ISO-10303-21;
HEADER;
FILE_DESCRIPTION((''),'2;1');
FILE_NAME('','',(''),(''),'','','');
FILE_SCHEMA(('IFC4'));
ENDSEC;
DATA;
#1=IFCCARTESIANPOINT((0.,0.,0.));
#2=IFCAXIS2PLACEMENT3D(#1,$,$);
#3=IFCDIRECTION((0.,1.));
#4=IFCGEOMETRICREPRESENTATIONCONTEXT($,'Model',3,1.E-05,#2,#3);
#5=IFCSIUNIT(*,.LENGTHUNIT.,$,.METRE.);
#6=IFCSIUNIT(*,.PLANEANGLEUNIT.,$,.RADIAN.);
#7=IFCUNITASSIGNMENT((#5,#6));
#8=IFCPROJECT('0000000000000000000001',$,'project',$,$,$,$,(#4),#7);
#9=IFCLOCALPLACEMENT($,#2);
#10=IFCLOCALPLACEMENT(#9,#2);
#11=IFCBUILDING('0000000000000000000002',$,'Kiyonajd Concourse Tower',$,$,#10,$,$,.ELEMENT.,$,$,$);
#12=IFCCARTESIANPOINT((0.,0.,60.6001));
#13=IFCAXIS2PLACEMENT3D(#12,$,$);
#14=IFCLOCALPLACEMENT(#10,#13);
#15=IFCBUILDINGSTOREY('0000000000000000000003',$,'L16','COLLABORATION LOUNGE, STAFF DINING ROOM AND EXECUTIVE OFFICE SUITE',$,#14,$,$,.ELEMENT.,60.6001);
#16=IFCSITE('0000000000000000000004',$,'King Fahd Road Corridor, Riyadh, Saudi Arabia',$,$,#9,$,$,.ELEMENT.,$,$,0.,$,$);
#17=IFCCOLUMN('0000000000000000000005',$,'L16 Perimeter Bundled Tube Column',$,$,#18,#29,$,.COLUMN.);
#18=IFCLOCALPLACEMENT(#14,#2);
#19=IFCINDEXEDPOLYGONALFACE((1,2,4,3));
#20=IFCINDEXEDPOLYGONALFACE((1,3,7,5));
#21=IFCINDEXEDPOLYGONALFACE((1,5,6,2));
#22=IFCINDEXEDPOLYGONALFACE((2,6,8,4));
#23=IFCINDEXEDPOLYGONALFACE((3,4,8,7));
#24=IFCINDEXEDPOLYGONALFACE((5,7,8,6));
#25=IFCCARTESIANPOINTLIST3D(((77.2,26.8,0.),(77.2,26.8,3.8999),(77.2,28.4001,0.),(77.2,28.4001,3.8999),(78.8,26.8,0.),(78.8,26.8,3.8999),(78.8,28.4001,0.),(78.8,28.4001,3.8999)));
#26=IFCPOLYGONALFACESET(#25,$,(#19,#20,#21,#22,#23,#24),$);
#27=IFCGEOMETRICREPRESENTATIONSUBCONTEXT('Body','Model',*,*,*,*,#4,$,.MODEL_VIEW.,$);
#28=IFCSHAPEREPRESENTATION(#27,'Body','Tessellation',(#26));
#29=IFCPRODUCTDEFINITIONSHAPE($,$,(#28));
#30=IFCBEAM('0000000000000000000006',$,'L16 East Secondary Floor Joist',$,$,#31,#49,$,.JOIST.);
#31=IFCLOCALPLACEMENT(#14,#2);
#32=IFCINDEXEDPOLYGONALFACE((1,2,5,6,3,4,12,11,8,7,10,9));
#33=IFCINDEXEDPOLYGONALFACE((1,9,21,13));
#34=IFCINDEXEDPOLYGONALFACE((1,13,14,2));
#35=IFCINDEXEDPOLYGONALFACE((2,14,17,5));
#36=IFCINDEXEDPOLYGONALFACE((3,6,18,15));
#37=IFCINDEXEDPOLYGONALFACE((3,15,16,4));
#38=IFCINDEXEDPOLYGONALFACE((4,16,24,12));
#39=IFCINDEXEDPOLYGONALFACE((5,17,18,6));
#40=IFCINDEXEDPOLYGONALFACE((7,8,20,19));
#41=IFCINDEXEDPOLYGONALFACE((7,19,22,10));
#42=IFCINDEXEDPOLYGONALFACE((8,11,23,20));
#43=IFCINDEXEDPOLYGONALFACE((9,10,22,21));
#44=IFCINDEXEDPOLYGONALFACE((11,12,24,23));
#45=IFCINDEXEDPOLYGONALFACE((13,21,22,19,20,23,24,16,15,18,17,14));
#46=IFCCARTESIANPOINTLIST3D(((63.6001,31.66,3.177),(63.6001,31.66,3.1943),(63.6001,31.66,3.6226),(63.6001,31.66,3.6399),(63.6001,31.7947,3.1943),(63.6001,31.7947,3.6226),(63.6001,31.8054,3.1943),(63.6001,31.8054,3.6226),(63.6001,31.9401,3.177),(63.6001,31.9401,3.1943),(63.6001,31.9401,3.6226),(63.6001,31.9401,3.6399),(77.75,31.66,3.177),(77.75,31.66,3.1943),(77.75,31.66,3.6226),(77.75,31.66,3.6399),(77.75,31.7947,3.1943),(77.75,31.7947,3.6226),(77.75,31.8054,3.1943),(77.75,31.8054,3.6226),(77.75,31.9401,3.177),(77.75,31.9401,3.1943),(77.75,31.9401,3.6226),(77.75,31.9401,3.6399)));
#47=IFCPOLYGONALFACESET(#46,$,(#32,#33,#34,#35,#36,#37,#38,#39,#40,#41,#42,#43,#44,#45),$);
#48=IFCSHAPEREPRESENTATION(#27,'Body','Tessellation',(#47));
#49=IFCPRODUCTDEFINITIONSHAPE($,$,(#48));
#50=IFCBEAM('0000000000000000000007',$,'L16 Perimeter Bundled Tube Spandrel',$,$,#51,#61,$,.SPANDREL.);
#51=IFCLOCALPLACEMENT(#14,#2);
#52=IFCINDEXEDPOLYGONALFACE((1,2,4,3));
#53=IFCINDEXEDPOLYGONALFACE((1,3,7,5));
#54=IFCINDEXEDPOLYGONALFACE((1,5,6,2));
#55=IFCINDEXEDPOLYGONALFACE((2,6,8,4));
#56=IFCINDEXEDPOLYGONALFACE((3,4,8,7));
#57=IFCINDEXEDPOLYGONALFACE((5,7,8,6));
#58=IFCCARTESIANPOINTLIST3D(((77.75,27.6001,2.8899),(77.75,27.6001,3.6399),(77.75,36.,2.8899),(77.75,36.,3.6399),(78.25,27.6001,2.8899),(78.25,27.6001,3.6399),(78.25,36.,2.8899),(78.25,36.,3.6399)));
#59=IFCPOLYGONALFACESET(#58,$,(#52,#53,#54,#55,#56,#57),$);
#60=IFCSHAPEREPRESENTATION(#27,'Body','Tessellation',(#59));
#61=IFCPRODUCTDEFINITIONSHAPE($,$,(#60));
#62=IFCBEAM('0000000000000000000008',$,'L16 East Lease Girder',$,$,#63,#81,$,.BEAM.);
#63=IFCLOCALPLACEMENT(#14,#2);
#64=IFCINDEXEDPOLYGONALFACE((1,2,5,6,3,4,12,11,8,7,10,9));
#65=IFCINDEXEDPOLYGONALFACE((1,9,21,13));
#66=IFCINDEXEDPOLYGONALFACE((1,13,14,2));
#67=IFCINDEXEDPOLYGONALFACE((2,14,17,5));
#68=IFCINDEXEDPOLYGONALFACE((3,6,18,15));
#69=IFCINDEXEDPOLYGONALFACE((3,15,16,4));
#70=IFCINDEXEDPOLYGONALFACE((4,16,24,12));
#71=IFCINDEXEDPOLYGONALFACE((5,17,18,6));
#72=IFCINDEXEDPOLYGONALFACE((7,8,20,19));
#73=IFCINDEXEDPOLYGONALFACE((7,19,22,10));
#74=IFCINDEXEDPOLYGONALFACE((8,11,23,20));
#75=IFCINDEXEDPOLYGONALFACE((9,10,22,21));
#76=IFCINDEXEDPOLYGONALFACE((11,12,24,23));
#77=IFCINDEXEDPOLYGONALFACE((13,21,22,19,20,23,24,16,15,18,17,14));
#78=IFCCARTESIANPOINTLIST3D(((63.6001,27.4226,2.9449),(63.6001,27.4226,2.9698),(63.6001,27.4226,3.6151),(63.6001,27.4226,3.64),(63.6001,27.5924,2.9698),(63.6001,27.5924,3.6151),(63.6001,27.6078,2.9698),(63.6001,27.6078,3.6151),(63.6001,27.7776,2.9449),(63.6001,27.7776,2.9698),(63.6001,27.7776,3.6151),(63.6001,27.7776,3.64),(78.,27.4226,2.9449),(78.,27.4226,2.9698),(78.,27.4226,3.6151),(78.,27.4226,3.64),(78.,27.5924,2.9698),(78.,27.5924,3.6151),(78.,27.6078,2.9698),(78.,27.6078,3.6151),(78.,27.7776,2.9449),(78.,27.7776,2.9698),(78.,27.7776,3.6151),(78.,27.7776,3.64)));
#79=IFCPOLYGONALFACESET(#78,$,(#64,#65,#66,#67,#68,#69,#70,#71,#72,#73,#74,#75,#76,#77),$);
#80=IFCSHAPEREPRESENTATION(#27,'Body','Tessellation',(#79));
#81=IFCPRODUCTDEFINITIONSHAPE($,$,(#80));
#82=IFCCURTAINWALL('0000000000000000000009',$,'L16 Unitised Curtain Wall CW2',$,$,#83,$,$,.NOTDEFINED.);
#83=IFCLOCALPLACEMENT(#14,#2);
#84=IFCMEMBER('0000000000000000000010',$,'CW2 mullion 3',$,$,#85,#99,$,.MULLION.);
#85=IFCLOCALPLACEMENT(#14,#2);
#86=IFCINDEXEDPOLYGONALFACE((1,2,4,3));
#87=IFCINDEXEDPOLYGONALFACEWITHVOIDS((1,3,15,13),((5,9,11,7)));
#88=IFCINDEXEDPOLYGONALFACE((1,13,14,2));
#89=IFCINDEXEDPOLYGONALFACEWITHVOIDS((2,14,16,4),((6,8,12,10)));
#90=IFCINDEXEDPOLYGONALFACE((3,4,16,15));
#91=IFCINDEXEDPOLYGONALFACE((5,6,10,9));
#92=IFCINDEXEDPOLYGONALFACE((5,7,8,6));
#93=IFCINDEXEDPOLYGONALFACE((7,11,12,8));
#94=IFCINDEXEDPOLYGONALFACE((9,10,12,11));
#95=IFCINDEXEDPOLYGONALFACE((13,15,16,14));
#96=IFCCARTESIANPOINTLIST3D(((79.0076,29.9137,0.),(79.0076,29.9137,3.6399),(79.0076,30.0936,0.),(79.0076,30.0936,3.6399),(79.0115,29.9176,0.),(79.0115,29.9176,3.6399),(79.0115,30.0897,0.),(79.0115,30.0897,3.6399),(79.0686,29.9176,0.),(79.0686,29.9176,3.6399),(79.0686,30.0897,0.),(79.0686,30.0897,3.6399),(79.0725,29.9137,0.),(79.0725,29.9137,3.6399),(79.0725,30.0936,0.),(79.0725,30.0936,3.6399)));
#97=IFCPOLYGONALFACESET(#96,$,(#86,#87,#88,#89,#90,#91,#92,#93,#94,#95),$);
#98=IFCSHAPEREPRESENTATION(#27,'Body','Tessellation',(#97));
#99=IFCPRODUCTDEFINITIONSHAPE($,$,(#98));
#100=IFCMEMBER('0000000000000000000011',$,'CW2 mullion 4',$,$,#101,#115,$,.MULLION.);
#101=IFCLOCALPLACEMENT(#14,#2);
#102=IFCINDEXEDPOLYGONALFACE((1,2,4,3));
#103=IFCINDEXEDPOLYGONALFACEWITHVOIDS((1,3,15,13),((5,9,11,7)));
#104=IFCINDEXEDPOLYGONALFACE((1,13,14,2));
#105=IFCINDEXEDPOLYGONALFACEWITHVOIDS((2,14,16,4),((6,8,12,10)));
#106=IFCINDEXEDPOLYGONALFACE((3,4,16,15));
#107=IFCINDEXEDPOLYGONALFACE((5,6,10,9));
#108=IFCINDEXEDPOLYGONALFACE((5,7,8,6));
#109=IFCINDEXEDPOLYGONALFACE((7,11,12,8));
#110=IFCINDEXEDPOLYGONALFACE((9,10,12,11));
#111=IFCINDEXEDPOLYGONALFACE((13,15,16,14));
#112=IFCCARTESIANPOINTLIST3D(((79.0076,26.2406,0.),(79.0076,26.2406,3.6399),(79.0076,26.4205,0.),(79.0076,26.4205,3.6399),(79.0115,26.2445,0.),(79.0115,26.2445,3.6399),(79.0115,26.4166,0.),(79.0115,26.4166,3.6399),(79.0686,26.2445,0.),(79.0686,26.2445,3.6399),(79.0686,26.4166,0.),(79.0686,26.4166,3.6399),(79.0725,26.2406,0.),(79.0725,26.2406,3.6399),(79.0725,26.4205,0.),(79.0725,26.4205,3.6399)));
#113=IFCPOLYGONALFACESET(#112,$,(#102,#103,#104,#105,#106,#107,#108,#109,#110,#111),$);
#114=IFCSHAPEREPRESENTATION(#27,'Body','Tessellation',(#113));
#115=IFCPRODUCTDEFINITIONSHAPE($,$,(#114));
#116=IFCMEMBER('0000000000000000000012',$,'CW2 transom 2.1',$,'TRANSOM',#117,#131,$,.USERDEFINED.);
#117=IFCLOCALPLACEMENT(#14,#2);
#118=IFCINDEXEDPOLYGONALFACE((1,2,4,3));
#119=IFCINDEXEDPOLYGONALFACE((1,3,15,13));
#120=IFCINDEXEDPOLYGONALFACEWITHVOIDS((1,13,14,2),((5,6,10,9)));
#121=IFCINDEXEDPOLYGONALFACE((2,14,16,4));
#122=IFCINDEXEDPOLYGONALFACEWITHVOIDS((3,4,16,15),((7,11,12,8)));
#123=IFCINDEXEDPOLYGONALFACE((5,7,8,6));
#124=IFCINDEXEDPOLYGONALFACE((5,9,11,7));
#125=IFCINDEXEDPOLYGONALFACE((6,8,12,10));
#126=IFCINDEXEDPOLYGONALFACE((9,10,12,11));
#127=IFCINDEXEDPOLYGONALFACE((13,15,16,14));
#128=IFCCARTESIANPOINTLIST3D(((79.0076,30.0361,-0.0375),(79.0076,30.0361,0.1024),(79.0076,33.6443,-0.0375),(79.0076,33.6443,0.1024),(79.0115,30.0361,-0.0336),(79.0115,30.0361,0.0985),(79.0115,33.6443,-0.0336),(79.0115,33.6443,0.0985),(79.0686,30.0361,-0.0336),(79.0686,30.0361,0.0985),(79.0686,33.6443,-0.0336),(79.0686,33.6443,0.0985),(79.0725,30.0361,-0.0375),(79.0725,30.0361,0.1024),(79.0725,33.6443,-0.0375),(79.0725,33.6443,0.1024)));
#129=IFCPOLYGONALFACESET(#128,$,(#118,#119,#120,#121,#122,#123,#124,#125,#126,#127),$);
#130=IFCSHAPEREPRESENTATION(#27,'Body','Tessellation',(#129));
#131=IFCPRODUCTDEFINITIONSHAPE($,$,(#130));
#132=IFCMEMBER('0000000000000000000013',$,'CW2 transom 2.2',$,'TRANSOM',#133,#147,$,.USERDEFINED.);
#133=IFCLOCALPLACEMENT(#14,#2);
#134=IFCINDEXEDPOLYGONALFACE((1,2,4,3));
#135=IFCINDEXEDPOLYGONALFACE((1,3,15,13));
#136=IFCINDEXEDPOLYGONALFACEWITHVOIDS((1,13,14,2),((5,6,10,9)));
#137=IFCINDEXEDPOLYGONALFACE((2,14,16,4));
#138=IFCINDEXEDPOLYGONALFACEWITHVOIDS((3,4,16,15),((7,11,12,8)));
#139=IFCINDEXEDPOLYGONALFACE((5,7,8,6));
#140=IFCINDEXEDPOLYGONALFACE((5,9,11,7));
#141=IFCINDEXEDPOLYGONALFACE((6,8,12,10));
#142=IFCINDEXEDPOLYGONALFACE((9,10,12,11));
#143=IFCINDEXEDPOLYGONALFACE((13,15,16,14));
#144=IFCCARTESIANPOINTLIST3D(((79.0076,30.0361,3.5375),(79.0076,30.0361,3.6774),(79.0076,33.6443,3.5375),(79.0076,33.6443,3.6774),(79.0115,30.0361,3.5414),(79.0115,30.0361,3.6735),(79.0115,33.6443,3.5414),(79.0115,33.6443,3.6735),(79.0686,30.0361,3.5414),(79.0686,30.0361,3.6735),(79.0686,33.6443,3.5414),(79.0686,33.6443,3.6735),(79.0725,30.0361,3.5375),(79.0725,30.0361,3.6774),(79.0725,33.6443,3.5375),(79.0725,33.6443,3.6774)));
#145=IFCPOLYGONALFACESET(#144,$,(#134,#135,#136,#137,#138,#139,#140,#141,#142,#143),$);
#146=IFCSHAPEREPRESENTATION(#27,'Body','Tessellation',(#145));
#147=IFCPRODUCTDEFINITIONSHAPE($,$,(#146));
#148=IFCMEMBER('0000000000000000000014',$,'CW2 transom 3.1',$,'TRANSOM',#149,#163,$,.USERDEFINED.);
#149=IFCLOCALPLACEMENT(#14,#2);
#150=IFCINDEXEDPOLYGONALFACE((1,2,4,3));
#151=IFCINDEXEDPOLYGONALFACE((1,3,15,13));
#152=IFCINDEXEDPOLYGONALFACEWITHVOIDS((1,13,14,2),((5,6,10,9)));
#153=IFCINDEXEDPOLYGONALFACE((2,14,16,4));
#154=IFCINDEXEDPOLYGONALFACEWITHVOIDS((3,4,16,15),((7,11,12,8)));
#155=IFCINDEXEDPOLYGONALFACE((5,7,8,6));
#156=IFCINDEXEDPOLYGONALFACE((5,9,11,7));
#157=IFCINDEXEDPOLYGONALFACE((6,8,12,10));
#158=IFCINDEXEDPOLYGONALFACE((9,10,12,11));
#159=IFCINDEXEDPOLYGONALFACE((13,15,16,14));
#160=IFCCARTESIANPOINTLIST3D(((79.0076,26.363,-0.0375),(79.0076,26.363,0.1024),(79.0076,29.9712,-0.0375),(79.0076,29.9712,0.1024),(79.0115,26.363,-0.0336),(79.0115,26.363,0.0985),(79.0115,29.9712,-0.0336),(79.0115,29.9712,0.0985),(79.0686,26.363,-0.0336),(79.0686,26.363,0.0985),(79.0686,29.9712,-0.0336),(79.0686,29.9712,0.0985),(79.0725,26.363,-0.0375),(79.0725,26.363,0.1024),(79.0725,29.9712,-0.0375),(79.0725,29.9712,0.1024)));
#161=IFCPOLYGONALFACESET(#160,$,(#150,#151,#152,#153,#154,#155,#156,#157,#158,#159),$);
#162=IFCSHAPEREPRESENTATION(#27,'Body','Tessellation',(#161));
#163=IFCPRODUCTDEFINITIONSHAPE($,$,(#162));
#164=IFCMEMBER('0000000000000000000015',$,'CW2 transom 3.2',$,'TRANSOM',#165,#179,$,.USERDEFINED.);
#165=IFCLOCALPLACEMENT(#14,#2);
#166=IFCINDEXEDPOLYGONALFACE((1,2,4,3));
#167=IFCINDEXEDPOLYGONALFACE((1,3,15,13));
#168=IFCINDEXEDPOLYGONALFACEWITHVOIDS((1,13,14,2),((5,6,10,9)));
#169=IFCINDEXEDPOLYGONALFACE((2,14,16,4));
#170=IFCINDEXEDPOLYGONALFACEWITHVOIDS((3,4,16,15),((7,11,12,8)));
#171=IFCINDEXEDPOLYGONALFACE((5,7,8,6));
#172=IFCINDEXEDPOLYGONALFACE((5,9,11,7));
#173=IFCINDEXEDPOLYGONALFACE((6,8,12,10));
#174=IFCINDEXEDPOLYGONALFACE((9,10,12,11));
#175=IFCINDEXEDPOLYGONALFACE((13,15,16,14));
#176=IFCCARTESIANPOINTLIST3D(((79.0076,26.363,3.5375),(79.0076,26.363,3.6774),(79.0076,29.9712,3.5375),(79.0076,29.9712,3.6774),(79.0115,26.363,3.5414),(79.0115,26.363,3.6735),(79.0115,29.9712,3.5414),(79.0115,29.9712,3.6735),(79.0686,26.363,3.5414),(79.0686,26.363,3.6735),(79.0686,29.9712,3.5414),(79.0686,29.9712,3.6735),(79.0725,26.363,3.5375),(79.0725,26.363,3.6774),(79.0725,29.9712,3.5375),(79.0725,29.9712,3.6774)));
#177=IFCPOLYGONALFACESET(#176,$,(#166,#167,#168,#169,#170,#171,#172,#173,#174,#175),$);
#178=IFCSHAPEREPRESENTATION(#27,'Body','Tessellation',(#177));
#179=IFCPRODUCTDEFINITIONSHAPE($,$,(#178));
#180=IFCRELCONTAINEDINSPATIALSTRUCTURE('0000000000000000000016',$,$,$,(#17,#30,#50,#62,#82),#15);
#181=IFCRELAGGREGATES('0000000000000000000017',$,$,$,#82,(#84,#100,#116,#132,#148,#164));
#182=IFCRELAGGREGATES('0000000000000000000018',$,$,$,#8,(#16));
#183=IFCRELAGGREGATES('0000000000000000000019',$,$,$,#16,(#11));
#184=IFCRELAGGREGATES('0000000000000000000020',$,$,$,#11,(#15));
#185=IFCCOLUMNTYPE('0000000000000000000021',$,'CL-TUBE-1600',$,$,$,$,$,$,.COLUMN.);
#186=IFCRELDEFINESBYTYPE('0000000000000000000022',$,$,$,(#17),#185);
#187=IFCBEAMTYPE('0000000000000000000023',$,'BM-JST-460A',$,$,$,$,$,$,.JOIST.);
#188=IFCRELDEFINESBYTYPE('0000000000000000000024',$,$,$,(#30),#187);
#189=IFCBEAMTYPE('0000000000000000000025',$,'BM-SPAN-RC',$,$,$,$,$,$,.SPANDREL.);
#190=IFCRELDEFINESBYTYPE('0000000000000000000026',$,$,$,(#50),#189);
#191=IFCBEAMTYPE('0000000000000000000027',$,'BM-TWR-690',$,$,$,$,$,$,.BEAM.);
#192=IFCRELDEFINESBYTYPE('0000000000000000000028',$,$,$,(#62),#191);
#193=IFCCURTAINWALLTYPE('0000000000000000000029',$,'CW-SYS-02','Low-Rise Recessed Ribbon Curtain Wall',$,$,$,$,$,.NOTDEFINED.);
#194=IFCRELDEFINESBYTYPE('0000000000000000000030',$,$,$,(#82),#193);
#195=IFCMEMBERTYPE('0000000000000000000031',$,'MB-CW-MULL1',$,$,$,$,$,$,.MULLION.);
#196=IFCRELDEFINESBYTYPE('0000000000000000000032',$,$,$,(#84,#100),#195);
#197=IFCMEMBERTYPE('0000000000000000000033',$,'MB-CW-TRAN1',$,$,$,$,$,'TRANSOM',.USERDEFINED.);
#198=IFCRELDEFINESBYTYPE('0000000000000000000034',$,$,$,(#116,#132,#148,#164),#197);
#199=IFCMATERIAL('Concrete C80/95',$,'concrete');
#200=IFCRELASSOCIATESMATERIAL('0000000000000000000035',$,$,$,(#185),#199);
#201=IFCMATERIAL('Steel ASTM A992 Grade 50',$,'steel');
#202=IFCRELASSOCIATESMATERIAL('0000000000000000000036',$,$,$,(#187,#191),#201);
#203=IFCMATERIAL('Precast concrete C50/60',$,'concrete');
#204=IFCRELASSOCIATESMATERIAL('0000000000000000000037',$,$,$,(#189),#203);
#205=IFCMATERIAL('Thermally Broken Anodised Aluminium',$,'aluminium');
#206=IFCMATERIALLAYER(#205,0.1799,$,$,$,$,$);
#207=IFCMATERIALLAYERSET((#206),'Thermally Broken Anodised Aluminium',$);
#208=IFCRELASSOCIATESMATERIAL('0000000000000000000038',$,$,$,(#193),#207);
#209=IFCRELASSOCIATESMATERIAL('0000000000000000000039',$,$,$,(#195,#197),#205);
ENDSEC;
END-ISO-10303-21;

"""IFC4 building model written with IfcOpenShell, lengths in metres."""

from ifc_helpers import new_model, si_unit, direction, frame, origin, origin_2d, place, context, subcontext, project, spatial, rectangle, hollow_rectangle, i_section, extrude, material, layer, layer_set, material_profile, profile_set, type_object, element, aggregate, save


model = new_model("IFC4")

# Units and contexts
model_context = context("Model", 3, precision=1e-05, world=origin(), true_north=direction((0.0, 1.0)))
body_context = subcontext(model_context, "Body", "Model", "MODEL_VIEW")
ifc_project = project(units=[si_unit("LENGTHUNIT", "METRE"), si_unit("PLANEANGLEUNIT", "RADIAN")], contexts=[model_context])

# Site, building, storey
site_placement = place(None, origin())
site = spatial("IfcSite", under=ifc_project, at=site_placement, Name="King Fahd Road Corridor, Riyadh, Saudi Arabia", CompositionType="ELEMENT", RefElevation=0.0)
building_placement = place(site_placement, origin())
building = spatial("IfcBuilding", under=site, at=building_placement, Name="Kiyonajd Concourse Tower", CompositionType="ELEMENT")
storey_placement = place(building_placement, frame((0.0, 0.0, 60.6001)))
storey = spatial("IfcBuildingStorey", under=building, at=storey_placement, Name="L16", Description="COLLABORATION LOUNGE, STAFF DINING ROOM AND EXECUTIVE OFFICE SUITE", CompositionType="ELEMENT", Elevation=60.6001)

# Column
ifc_material_1 = material(Name="Concrete C80/95", Category="concrete")
ifc_material_profile_1 = material_profile(ifc_material_1, rectangle(XDim=1.6001, YDim=1.6001, at=origin_2d()), Name="RC-1600x1600")
ifc_profile_set_1 = profile_set([ifc_material_profile_1], Name="Concrete C80/95")
column_type = type_object("IfcColumnType", Name="CL-TUBE-1600", PredefinedType="COLUMN", material=ifc_profile_set_1)
column_placement = place(storey_placement, frame((78.0, 27.6001, 0.0), z_axis=(0.0, 0.0, 1.0), x_axis=(1.0, 0.0, 0.0)))
element("IfcColumn", 1, at=column_placement, inside=storey, type_object=column_type, Name="L16 Perimeter Bundled Tube Column", PredefinedType="COLUMN", context=body_context, shape_type="SweptSolid", body=[
    extrude(rectangle(XDim=1.6001, YDim=1.6001, at=origin_2d()), origin(), (0.0, 0.0, 1.0), 3.8999),
])

# Beams
ifc_material_2 = material(Name="Steel ASTM A992 Grade 50", Category="steel")
ifc_material_profile_2 = material_profile(ifc_material_2, i_section(OverallWidth=0.28, OverallDepth=0.4629, WebThickness=0.0107, FlangeThickness=0.0173, at=origin_2d()), Name="W460X113")
ifc_profile_set_2 = profile_set([ifc_material_profile_2], Name="Steel ASTM A992 Grade 50")
beam_type_1 = type_object("IfcBeamType", Name="BM-JST-460A", PredefinedType="JOIST", material=ifc_profile_set_2)
beam_1_placement = place(storey_placement, frame((63.6001, 31.8, 3.4084), z_axis=(1.0, 0.0, 0.0), x_axis=(0.0, 1.0, 0.0)))
element("IfcBeam", 2, at=beam_1_placement, inside=storey, type_object=beam_type_1, Name="L16 East Secondary Floor Joist", PredefinedType="JOIST", context=body_context, shape_type="SweptSolid", body=[
    extrude(i_section(OverallWidth=0.28, OverallDepth=0.4629, WebThickness=0.0107, FlangeThickness=0.0173, at=origin_2d()), origin(), (0.0, 0.0, 1.0), 14.1499),
])
ifc_material_3 = material(Name="Precast concrete C50/60", Category="concrete")
ifc_material_profile_3 = material_profile(ifc_material_3, rectangle(XDim=0.5, YDim=0.75, at=origin_2d()), Name="RCBM-500x750")
ifc_profile_set_3 = profile_set([ifc_material_profile_3], Name="Precast concrete C50/60")
beam_type_2 = type_object("IfcBeamType", Name="BM-SPAN-RC", PredefinedType="SPANDREL", material=ifc_profile_set_3)
beam_2_placement = place(storey_placement, frame((78.0, 27.6001, 3.2649), z_axis=(0.0, 1.0, 0.0), x_axis=(-1.0, 0.0, 0.0)))
element("IfcBeam", 3, at=beam_2_placement, inside=storey, type_object=beam_type_2, Name="L16 Perimeter Bundled Tube Spandrel", PredefinedType="SPANDREL", context=body_context, shape_type="SweptSolid", body=[
    extrude(rectangle(XDim=0.5, YDim=0.75, at=origin_2d()), origin(), (0.0, 0.0, 1.0), 8.3999),
])
ifc_material_profile_4 = material_profile(ifc_material_2, i_section(OverallWidth=0.355, OverallDepth=0.6951, WebThickness=0.0154, FlangeThickness=0.0249, at=origin_2d()), Name="W690X217")
ifc_profile_set_4 = profile_set([ifc_material_profile_4], Name="Steel ASTM A992 Grade 50")
beam_type_3 = type_object("IfcBeamType", Name="BM-TWR-690", PredefinedType="BEAM", material=ifc_profile_set_4)
beam_3_placement = place(storey_placement, frame((63.6001, 27.6001, 3.2925), z_axis=(1.0, 0.0, 0.0), x_axis=(0.0, 1.0, 0.0)))
element("IfcBeam", 4, at=beam_3_placement, inside=storey, type_object=beam_type_3, Name="L16 East Lease Girder", PredefinedType="BEAM", context=body_context, shape_type="SweptSolid", body=[
    extrude(i_section(OverallWidth=0.355, OverallDepth=0.6951, WebThickness=0.0154, FlangeThickness=0.0249, at=origin_2d()), origin(), (0.0, 0.0, 1.0), 14.3999),
])

# Curtain wall, members
ifc_material_4 = material(Name="Thermally Broken Anodised Aluminium", Category="aluminium")
ifc_layer_1 = layer(ifc_material_4, 0.1799)
ifc_layer_set_1 = layer_set([ifc_layer_1], Name="Thermally Broken Anodised Aluminium")
curtain_wall_type = type_object("IfcCurtainWallType", Name="CW-SYS-02", Description="Low-Rise Recessed Ribbon Curtain Wall", PredefinedType="NOTDEFINED", material=ifc_layer_set_1)
curtain_wall_placement = place(storey_placement, origin())
curtain_wall = element("IfcCurtainWall", 5, at=curtain_wall_placement, inside=storey, type_object=curtain_wall_type, Name="L16 Unitised Curtain Wall CW2", PredefinedType="NOTDEFINED")
ifc_material_profile_5 = material_profile(ifc_material_4, hollow_rectangle(XDim=0.0649, YDim=0.1799, WallThickness=0.0039, at=origin_2d()), Name="MULL-65x180")
ifc_profile_set_5 = profile_set([ifc_material_profile_5], Name="Thermally Broken Anodised Aluminium")
member_type_1 = type_object("IfcMemberType", Name="MB-CW-MULL1", PredefinedType="MULLION", material=ifc_profile_set_5)
member_1_placement = place(storey_placement, frame((79.04, 30.0037, 0.0), z_axis=(0.0, 0.0, 1.0), x_axis=(1.0, 0.0, 0.0)))
member_1 = element("IfcMember", 6, at=member_1_placement, type_object=member_type_1, Name="CW2 mullion 3", PredefinedType="MULLION", context=body_context, shape_type="SweptSolid", body=[
    extrude(hollow_rectangle(XDim=0.0649, YDim=0.1799, WallThickness=0.0039, at=origin_2d()), origin(), (0.0, 0.0, 1.0), 3.6399),
])
member_2_placement = place(storey_placement, frame((79.04, 26.3306, 0.0), z_axis=(0.0, 0.0, 1.0), x_axis=(1.0, 0.0, 0.0)))
member_2 = element("IfcMember", 7, at=member_2_placement, type_object=member_type_1, Name="CW2 mullion 4", PredefinedType="MULLION", context=body_context, shape_type="SweptSolid", body=[
    extrude(hollow_rectangle(XDim=0.0649, YDim=0.1799, WallThickness=0.0039, at=origin_2d()), origin(), (0.0, 0.0, 1.0), 3.6399),
])
ifc_material_profile_6 = material_profile(ifc_material_4, hollow_rectangle(XDim=0.0649, YDim=0.1399, WallThickness=0.0039, at=origin_2d()), Name="TRAN-65x140")
ifc_profile_set_6 = profile_set([ifc_material_profile_6], Name="Thermally Broken Anodised Aluminium")
member_type_2 = type_object("IfcMemberType", Name="MB-CW-TRAN1", ElementType="TRANSOM", PredefinedType="USERDEFINED", material=ifc_profile_set_6)
member_3_placement = place(storey_placement, frame((79.04, 33.6443, 0.0325), z_axis=(0.0, -1.0, 0.0), x_axis=(1.0, 0.0, 0.0)))
member_3 = element("IfcMember", 8, at=member_3_placement, type_object=member_type_2, Name="CW2 transom 2.1", ObjectType="TRANSOM", PredefinedType="USERDEFINED", context=body_context, shape_type="SweptSolid", body=[
    extrude(hollow_rectangle(XDim=0.0649, YDim=0.1399, WallThickness=0.0039, at=origin_2d()), origin(), (0.0, 0.0, 1.0), 3.6082),
])
member_4_placement = place(storey_placement, frame((79.04, 33.6443, 3.6074), z_axis=(0.0, -1.0, 0.0), x_axis=(1.0, 0.0, 0.0)))
member_4 = element("IfcMember", 9, at=member_4_placement, type_object=member_type_2, Name="CW2 transom 2.2", ObjectType="TRANSOM", PredefinedType="USERDEFINED", context=body_context, shape_type="SweptSolid", body=[
    extrude(hollow_rectangle(XDim=0.0649, YDim=0.1399, WallThickness=0.0039, at=origin_2d()), origin(), (0.0, 0.0, 1.0), 3.6082),
])
member_5_placement = place(storey_placement, frame((79.04, 29.9712, 0.0325), z_axis=(0.0, -1.0, 0.0), x_axis=(1.0, 0.0, 0.0)))
member_5 = element("IfcMember", 10, at=member_5_placement, type_object=member_type_2, Name="CW2 transom 3.1", ObjectType="TRANSOM", PredefinedType="USERDEFINED", context=body_context, shape_type="SweptSolid", body=[
    extrude(hollow_rectangle(XDim=0.0649, YDim=0.1399, WallThickness=0.0039, at=origin_2d()), origin(), (0.0, 0.0, 1.0), 3.6082),
])
member_6_placement = place(storey_placement, frame((79.04, 29.9712, 3.6074), z_axis=(0.0, -1.0, 0.0), x_axis=(1.0, 0.0, 0.0)))
member_6 = element("IfcMember", 11, at=member_6_placement, type_object=member_type_2, Name="CW2 transom 3.2", ObjectType="TRANSOM", PredefinedType="USERDEFINED", context=body_context, shape_type="SweptSolid", body=[
    extrude(hollow_rectangle(XDim=0.0649, YDim=0.1399, WallThickness=0.0039, at=origin_2d()), origin(), (0.0, 0.0, 1.0), 3.6082),
])
aggregate(curtain_wall, [member_1, member_2, member_3, member_4, member_5, member_6])

save(model, "model.ifc")
